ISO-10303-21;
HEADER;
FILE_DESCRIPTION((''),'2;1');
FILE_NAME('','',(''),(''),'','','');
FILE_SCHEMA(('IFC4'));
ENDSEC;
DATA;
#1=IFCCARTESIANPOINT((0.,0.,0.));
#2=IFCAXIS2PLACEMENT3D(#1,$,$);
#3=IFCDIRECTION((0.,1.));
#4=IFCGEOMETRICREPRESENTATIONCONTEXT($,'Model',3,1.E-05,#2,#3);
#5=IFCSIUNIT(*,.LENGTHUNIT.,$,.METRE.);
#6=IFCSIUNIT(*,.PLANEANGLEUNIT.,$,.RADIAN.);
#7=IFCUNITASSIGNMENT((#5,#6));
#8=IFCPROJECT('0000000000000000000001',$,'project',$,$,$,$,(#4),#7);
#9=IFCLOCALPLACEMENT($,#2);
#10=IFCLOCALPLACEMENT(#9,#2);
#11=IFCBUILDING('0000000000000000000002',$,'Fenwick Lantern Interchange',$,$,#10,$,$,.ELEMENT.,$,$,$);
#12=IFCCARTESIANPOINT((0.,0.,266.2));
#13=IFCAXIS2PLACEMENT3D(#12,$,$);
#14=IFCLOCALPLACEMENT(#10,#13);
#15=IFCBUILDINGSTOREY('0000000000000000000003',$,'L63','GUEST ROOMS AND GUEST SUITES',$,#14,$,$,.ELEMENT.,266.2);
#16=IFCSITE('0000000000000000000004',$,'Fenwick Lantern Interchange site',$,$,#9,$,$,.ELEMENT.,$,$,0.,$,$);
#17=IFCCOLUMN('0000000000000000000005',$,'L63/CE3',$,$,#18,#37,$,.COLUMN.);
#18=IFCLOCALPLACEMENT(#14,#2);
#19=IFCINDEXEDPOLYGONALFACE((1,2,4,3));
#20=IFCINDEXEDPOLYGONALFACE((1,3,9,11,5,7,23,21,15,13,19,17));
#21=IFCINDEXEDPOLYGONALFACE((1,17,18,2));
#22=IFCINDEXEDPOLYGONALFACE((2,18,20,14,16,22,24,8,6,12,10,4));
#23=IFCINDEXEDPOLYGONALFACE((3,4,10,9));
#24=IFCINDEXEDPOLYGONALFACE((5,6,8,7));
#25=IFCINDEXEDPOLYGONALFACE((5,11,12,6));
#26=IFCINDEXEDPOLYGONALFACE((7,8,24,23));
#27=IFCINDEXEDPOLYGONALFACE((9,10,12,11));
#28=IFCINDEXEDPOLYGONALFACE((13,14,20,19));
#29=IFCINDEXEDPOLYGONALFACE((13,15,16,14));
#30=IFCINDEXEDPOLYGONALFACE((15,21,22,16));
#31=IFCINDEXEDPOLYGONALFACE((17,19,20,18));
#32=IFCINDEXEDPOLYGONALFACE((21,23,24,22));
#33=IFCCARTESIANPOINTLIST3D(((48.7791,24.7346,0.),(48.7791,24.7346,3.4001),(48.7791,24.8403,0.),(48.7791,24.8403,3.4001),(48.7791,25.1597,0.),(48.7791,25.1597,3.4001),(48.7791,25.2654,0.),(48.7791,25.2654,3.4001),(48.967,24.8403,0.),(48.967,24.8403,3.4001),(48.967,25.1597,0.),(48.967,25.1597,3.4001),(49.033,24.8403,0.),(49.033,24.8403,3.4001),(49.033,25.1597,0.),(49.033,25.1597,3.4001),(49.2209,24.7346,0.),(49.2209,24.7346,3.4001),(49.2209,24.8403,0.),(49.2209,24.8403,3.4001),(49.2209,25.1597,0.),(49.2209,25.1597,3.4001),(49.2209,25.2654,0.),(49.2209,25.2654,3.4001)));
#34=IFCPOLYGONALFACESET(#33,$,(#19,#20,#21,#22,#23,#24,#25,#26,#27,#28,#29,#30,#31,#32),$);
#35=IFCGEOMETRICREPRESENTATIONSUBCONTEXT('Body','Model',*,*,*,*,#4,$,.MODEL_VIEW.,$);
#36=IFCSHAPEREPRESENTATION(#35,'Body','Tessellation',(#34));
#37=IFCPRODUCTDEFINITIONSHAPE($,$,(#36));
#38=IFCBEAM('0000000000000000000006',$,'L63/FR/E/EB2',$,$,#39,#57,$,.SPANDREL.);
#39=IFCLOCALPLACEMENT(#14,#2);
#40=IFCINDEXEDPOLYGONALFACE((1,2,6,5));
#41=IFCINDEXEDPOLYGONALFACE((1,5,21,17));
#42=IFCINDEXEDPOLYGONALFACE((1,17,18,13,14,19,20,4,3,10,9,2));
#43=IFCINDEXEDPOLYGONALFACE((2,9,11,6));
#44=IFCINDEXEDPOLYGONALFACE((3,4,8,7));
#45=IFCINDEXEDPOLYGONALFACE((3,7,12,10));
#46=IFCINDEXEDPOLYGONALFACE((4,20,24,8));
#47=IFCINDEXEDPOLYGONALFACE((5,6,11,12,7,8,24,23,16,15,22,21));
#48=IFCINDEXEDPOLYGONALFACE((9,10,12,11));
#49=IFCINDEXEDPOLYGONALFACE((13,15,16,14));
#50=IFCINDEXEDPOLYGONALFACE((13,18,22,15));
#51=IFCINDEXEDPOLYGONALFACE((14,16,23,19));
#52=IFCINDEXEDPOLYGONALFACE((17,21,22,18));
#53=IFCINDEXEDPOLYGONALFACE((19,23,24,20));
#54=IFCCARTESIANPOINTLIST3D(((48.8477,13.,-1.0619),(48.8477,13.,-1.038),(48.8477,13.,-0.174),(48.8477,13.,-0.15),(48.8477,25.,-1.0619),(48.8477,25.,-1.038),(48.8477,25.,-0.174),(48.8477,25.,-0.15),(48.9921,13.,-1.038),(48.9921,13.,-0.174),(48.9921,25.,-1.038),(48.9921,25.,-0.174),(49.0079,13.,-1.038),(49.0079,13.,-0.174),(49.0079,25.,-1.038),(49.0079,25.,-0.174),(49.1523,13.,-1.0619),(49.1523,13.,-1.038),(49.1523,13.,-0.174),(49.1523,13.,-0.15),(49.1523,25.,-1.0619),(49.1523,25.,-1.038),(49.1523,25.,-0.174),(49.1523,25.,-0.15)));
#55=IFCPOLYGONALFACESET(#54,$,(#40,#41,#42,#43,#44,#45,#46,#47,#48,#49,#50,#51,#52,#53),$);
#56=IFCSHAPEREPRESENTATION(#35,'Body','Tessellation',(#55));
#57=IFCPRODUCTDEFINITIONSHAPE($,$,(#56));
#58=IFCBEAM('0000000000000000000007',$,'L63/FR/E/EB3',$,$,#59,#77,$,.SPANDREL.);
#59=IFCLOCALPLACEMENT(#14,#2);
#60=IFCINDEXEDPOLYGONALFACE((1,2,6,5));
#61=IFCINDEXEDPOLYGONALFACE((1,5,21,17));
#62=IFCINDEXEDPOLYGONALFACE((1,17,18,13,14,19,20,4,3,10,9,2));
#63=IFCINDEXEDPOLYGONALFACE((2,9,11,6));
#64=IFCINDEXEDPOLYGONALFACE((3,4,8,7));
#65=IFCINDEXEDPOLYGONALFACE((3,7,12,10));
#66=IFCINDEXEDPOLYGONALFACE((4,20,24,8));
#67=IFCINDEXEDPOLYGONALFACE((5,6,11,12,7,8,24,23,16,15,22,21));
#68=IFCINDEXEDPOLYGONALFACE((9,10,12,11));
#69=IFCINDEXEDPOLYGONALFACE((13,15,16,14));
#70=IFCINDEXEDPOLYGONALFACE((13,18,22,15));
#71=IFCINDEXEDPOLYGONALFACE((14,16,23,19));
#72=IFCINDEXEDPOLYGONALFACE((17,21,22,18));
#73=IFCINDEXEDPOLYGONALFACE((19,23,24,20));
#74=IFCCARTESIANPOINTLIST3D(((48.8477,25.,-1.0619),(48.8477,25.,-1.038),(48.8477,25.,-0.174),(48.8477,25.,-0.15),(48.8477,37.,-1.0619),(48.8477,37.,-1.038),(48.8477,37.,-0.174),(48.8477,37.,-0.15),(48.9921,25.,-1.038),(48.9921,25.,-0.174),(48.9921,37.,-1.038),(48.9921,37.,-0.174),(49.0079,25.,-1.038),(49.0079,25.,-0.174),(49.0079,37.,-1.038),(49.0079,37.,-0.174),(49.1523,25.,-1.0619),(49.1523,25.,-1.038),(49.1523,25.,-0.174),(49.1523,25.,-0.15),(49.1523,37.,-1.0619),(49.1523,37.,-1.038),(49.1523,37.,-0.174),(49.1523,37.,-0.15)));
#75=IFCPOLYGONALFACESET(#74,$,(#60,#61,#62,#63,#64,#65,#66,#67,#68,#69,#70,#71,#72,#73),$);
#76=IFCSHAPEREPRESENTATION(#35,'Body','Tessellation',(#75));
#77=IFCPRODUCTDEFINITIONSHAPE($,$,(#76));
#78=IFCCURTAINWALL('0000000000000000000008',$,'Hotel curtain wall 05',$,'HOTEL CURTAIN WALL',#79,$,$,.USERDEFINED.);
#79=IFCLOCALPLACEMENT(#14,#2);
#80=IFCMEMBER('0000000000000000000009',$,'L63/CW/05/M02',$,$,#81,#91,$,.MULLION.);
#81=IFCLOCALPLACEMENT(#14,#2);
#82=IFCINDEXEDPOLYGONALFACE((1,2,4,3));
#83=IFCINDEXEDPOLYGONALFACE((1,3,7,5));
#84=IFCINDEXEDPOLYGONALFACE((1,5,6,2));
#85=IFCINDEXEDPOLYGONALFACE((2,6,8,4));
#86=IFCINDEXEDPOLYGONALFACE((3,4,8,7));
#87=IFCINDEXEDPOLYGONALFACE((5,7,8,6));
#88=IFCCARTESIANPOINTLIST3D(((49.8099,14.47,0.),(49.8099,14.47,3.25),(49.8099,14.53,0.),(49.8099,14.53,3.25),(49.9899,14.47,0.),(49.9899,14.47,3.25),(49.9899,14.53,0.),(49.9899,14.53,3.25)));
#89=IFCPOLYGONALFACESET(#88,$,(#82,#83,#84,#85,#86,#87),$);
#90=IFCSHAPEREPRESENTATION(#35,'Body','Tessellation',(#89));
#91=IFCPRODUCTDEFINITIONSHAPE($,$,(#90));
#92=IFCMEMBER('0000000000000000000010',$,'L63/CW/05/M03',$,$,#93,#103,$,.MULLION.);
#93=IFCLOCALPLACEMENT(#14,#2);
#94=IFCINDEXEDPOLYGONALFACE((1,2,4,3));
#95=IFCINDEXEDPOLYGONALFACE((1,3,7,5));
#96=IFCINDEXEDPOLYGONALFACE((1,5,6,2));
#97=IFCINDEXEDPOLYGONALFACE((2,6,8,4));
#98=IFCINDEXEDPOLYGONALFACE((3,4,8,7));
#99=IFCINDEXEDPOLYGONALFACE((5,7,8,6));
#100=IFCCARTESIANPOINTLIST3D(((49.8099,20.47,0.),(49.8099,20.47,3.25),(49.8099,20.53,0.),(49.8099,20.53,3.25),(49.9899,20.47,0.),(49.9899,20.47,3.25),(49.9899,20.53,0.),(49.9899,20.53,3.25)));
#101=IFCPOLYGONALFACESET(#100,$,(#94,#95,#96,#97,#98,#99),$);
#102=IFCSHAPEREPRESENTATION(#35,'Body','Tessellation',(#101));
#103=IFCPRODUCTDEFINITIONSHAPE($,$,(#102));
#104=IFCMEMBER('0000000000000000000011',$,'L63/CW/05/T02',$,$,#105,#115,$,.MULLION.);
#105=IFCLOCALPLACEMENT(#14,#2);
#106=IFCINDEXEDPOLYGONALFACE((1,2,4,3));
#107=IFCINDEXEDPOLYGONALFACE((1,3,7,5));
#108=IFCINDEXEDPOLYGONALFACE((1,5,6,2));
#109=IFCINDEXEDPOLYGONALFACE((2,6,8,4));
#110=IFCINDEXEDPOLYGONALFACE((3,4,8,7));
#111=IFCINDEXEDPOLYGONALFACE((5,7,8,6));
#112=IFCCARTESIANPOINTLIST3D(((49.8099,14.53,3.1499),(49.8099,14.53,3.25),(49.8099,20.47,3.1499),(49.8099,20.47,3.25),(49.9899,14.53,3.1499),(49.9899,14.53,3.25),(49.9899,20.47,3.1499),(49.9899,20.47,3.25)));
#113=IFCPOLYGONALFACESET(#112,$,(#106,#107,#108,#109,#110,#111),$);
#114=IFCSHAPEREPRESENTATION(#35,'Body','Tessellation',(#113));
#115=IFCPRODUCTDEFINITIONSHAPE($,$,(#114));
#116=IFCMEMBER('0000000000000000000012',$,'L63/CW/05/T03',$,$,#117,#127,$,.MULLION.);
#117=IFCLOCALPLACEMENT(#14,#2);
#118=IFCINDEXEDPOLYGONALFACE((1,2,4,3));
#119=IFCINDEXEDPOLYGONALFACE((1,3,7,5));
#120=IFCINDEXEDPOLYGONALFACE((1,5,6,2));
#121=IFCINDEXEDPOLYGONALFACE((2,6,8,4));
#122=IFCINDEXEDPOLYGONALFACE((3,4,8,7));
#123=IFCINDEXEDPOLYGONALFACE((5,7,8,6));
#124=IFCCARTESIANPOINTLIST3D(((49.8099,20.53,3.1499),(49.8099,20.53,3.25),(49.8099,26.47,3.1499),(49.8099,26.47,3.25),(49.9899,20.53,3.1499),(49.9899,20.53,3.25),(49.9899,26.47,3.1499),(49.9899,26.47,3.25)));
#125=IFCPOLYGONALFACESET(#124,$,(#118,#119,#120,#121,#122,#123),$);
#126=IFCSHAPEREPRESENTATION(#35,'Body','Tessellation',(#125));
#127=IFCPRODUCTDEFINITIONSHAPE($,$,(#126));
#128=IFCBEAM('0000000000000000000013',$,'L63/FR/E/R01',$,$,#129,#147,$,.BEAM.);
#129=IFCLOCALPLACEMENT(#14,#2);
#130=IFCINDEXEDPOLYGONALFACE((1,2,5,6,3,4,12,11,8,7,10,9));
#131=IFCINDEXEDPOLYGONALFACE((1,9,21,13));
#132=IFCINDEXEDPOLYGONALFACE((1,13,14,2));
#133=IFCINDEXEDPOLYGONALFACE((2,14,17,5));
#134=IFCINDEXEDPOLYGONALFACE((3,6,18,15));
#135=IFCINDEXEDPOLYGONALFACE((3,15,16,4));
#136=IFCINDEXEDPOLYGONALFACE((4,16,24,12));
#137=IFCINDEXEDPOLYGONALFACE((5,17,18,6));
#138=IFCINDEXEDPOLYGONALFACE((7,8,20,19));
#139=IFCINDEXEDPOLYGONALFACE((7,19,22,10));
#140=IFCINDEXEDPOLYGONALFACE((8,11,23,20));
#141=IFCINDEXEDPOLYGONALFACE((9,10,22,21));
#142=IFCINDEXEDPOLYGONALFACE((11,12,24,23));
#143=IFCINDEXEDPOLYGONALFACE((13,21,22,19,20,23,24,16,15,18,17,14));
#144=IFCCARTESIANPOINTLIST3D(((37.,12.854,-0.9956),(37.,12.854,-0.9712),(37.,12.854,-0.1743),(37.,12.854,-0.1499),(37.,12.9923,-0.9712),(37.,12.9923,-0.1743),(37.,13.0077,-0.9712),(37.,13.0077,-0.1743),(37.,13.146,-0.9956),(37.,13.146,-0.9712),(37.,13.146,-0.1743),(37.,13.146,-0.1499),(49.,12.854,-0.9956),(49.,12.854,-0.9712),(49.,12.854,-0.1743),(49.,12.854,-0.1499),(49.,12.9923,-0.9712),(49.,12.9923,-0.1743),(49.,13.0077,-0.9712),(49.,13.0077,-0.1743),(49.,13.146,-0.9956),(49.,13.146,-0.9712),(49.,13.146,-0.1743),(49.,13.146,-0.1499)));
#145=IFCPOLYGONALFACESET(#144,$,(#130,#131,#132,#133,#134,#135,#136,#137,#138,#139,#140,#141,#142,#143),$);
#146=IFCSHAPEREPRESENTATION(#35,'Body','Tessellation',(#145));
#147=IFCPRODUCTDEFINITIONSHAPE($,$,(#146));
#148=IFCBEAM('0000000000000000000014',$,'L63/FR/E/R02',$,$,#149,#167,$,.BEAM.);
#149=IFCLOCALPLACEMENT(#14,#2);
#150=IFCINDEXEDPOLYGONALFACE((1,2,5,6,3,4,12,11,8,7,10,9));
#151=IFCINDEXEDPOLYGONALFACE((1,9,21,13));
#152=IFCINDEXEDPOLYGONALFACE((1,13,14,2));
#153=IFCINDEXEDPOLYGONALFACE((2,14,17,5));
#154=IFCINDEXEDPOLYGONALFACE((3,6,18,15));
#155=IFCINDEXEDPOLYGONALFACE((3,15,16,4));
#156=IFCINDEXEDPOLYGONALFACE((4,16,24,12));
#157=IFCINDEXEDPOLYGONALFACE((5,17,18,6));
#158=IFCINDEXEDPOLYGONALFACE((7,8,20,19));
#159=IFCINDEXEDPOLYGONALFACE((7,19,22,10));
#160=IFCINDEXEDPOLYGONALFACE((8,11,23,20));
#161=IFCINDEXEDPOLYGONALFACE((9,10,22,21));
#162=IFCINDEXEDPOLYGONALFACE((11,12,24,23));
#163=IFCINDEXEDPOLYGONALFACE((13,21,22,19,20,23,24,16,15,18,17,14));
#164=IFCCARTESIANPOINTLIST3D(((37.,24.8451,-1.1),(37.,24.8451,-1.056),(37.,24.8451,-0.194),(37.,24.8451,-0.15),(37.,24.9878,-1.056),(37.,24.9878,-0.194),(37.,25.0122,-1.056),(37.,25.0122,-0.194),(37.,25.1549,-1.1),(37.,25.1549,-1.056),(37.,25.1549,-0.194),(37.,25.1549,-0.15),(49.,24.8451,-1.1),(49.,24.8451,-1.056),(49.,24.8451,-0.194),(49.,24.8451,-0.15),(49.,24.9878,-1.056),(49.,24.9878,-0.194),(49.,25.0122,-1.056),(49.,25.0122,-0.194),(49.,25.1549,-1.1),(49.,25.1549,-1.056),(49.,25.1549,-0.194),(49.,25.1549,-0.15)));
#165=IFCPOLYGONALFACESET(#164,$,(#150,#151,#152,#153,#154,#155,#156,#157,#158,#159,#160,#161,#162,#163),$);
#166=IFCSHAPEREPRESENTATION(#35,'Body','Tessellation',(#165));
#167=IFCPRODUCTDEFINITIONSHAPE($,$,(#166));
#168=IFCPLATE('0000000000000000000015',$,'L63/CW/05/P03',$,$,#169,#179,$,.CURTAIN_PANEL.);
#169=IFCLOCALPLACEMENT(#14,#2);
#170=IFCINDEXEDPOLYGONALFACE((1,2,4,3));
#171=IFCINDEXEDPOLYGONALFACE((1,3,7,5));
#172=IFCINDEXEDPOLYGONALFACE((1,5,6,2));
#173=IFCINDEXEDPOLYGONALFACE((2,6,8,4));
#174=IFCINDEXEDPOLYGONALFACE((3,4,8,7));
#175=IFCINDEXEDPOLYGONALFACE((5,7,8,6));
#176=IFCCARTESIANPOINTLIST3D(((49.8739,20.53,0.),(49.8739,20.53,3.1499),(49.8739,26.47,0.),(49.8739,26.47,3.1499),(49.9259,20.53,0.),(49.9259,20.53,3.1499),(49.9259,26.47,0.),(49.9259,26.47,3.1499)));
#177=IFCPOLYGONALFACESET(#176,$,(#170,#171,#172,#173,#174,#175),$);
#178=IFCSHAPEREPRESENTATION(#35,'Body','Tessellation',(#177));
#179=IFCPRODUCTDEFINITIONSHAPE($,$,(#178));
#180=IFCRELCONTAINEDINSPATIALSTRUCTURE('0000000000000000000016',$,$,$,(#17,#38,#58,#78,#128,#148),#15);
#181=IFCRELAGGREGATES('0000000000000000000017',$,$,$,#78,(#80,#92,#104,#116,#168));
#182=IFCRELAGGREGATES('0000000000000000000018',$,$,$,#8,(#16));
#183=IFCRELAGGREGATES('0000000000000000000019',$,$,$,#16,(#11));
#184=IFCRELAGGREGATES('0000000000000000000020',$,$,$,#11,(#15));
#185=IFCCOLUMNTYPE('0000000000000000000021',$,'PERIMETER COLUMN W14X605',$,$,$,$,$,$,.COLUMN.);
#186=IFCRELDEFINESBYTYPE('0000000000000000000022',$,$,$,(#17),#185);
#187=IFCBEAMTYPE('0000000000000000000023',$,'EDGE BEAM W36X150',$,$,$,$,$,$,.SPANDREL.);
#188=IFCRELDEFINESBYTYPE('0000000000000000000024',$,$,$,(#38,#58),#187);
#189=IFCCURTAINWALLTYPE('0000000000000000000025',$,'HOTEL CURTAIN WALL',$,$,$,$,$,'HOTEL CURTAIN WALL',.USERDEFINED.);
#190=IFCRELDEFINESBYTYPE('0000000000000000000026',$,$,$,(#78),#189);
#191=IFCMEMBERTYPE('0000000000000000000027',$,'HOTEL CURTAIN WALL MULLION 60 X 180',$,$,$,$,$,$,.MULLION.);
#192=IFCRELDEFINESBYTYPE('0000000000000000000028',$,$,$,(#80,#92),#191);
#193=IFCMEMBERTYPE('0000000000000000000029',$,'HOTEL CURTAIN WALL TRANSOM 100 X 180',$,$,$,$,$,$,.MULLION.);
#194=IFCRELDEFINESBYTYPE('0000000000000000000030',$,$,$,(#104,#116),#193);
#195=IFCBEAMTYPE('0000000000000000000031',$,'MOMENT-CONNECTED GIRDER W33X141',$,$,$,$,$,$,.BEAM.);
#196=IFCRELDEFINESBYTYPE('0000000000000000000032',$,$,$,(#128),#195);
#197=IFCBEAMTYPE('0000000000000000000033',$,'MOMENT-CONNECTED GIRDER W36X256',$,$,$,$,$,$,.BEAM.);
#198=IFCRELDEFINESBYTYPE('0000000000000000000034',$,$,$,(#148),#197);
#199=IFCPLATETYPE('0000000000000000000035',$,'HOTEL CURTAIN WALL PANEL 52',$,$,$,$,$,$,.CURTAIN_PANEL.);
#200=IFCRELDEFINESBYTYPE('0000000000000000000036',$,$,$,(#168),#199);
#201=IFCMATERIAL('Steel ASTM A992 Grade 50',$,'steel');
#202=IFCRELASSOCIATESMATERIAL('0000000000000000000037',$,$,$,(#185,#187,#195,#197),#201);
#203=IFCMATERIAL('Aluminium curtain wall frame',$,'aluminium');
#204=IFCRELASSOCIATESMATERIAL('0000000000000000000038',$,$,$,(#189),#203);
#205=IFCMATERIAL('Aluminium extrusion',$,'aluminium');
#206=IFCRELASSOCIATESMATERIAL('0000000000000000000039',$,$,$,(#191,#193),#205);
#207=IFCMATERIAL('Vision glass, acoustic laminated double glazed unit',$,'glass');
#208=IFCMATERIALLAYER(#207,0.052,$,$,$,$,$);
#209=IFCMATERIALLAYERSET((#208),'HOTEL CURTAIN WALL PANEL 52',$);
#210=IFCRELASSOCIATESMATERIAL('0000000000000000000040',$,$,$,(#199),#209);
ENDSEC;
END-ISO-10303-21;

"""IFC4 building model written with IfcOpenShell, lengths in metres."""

from ifc_helpers import new_model, si_unit, direction, frame, origin, origin_2d, place, context, subcontext, project, spatial, rectangle, i_section, extrude, material, layer, layer_set, material_profile, profile_set, type_object, element, aggregate, save


model = new_model("IFC4")

# Units and contexts
model_context = context("Model", 3, precision=1e-05, world=origin(), true_north=direction((0.0, 1.0)))
body_context = subcontext(model_context, "Body", "Model", "MODEL_VIEW")
ifc_project = project(units=[si_unit("LENGTHUNIT", "METRE"), si_unit("PLANEANGLEUNIT", "RADIAN")], contexts=[model_context])

# Site, building, storey
site_placement = place(None, origin())
site = spatial("IfcSite", under=ifc_project, at=site_placement, Name="Fenwick Lantern Interchange site", CompositionType="ELEMENT", RefElevation=0.0)
building_placement = place(site_placement, origin())
building = spatial("IfcBuilding", under=site, at=building_placement, Name="Fenwick Lantern Interchange", CompositionType="ELEMENT")
storey_placement = place(building_placement, frame((0.0, 0.0, 266.2)))
storey = spatial("IfcBuildingStorey", under=building, at=storey_placement, Name="L63", Description="GUEST ROOMS AND GUEST SUITES", CompositionType="ELEMENT", Elevation=266.2)

# Column
ifc_material_1 = material(Name="Steel ASTM A992 Grade 50", Category="steel")
ifc_material_profile_1 = material_profile(ifc_material_1, i_section(OverallWidth=0.4419, OverallDepth=0.5308, WebThickness=0.0659, FlangeThickness=0.1057, at=origin_2d()), Name="W14X605")
ifc_profile_set_1 = profile_set([ifc_material_profile_1], Name="Steel ASTM A992 Grade 50")
column_type = type_object("IfcColumnType", Name="PERIMETER COLUMN W14X605", PredefinedType="COLUMN", material=ifc_profile_set_1)
column_placement = place(storey_placement, frame((49.0, 25.0, 0.0), z_axis=(0.0, 0.0, 1.0), x_axis=(1.0, 0.0, 0.0)))
element("IfcColumn", 1, at=column_placement, inside=storey, type_object=column_type, Name="L63/CE3", PredefinedType="COLUMN", context=body_context, shape_type="SweptSolid", body=[
    extrude(i_section(OverallWidth=0.4419, OverallDepth=0.5308, WebThickness=0.0659, FlangeThickness=0.1057, at=origin_2d()), origin(), (0.0, 0.0, 1.0), 3.4001),
])

# Beams
ifc_material_profile_2 = material_profile(ifc_material_1, i_section(OverallWidth=0.3047, OverallDepth=0.9119, WebThickness=0.0159, FlangeThickness=0.0239, at=origin_2d()), Name="W36X150")
ifc_profile_set_2 = profile_set([ifc_material_profile_2], Name="Steel ASTM A992 Grade 50")
beam_type_1 = type_object("IfcBeamType", Name="EDGE BEAM W36X150", PredefinedType="SPANDREL", material=ifc_profile_set_2)
for number, where, z_axis, x_axis, name in (
    (2, (49.0, 13.0, -0.606), (0.0, 1.0, 0.0), (-1.0, 0.0, 0.0), "L63/FR/E/EB2"),
    (3, (49.0, 25.0, -0.606), (0.0, 1.0, 0.0), (-1.0, 0.0, 0.0), "L63/FR/E/EB3"),
):
    element("IfcBeam", number, at=place(storey_placement, frame(where, z_axis=z_axis, x_axis=x_axis)), inside=storey, type_object=beam_type_1, Name=name, PredefinedType="SPANDREL", context=body_context, shape_type="SweptSolid", body=[
        extrude(i_section(OverallWidth=0.3047, OverallDepth=0.9119, WebThickness=0.0159, FlangeThickness=0.0239, at=origin_2d()), origin(), (0.0, 0.0, 1.0), 12.0),
    ])

# Curtain wall, members
ifc_material_2 = material(Name="Aluminium curtain wall frame", Category="aluminium")
curtain_wall_type = type_object("IfcCurtainWallType", Name="HOTEL CURTAIN WALL", ElementType="HOTEL CURTAIN WALL", PredefinedType="USERDEFINED", material=ifc_material_2)
curtain_wall_placement = place(storey_placement, origin())
curtain_wall = element("IfcCurtainWall", 4, at=curtain_wall_placement, inside=storey, type_object=curtain_wall_type, Name="Hotel curtain wall 05", ObjectType="HOTEL CURTAIN WALL", PredefinedType="USERDEFINED")
ifc_material_3 = material(Name="Aluminium extrusion", Category="aluminium")
ifc_material_profile_3 = material_profile(ifc_material_3, rectangle(XDim=0.1799, YDim=0.0601, at=origin_2d()), Name="HOTEL CURTAIN WALL MULLION 60 X 180")
ifc_profile_set_3 = profile_set([ifc_material_profile_3], Name="Aluminium extrusion")
member_type_1 = type_object("IfcMemberType", Name="HOTEL CURTAIN WALL MULLION 60 X 180", PredefinedType="MULLION", material=ifc_profile_set_3)
member_1_placement = place(storey_placement, frame((49.8999, 14.5, 0.0), z_axis=(0.0, 0.0, 1.0), x_axis=(-1.0, 0.0, 0.0)))
member_1 = element("IfcMember", 5, at=member_1_placement, type_object=member_type_1, Name="L63/CW/05/M02", PredefinedType="MULLION", context=body_context, shape_type="SweptSolid", body=[
    extrude(rectangle(XDim=0.1799, YDim=0.0601, at=origin_2d()), origin(), (0.0, 0.0, 1.0), 3.25),
])
member_2_placement = place(storey_placement, frame((49.8999, 20.5, 0.0), z_axis=(0.0, 0.0, 1.0), x_axis=(-1.0, 0.0, 0.0)))
member_2 = element("IfcMember", 6, at=member_2_placement, type_object=member_type_1, Name="L63/CW/05/M03", PredefinedType="MULLION", context=body_context, shape_type="SweptSolid", body=[
    extrude(rectangle(XDim=0.1799, YDim=0.0601, at=origin_2d()), origin(), (0.0, 0.0, 1.0), 3.25),
])
ifc_material_profile_4 = material_profile(ifc_material_3, rectangle(XDim=0.1799, YDim=0.1001, at=origin_2d()), Name="HOTEL CURTAIN WALL TRANSOM 100 X 180")
ifc_profile_set_4 = profile_set([ifc_material_profile_4], Name="Aluminium extrusion")
member_type_2 = type_object("IfcMemberType", Name="HOTEL CURTAIN WALL TRANSOM 100 X 180", PredefinedType="MULLION", material=ifc_profile_set_4)
member_3_placement = place(storey_placement, frame((49.8999, 14.53, 3.2), z_axis=(0.0, 1.0, 0.0), x_axis=(-1.0, 0.0, 0.0)))
member_3 = element("IfcMember", 7, at=member_3_placement, type_object=member_type_2, Name="L63/CW/05/T02", PredefinedType="MULLION", context=body_context, shape_type="SweptSolid", body=[
    extrude(rectangle(XDim=0.1799, YDim=0.1001, at=origin_2d()), origin(), (0.0, 0.0, 1.0), 5.9399),
])
member_4_placement = place(storey_placement, frame((49.8999, 20.53, 3.2), z_axis=(0.0, 1.0, 0.0), x_axis=(-1.0, 0.0, 0.0)))
member_4 = element("IfcMember", 8, at=member_4_placement, type_object=member_type_2, Name="L63/CW/05/T03", PredefinedType="MULLION", context=body_context, shape_type="SweptSolid", body=[
    extrude(rectangle(XDim=0.1799, YDim=0.1001, at=origin_2d()), origin(), (0.0, 0.0, 1.0), 5.9399),
])

# Beams
ifc_material_profile_5 = material_profile(ifc_material_1, i_section(OverallWidth=0.292, OverallDepth=0.8457, WebThickness=0.0154, FlangeThickness=0.0244, at=origin_2d()), Name="W33X141")
ifc_profile_set_5 = profile_set([ifc_material_profile_5], Name="Steel ASTM A992 Grade 50")
beam_type_2 = type_object("IfcBeamType", Name="MOMENT-CONNECTED GIRDER W33X141", PredefinedType="BEAM", material=ifc_profile_set_5)
beam_1_placement = place(storey_placement, frame((49.0, 13.0, -0.5728), z_axis=(-1.0, 0.0, 0.0), x_axis=(0.0, -1.0, 0.0)))
element("IfcBeam", 9, at=beam_1_placement, inside=storey, type_object=beam_type_2, Name="L63/FR/E/R01", PredefinedType="BEAM", context=body_context, shape_type="SweptSolid", body=[
    extrude(i_section(OverallWidth=0.292, OverallDepth=0.8457, WebThickness=0.0154, FlangeThickness=0.0244, at=origin_2d()), origin(), (0.0, 0.0, 1.0), 12.0),
])
ifc_material_profile_6 = material_profile(ifc_material_1, i_section(OverallWidth=0.3098, OverallDepth=0.95, WebThickness=0.0244, FlangeThickness=0.0439, at=origin_2d()), Name="W36X256")
ifc_profile_set_6 = profile_set([ifc_material_profile_6], Name="Steel ASTM A992 Grade 50")
beam_type_3 = type_object("IfcBeamType", Name="MOMENT-CONNECTED GIRDER W36X256", PredefinedType="BEAM", material=ifc_profile_set_6)
beam_2_placement = place(storey_placement, frame((49.0, 25.0, -0.625), z_axis=(-1.0, 0.0, 0.0), x_axis=(0.0, -1.0, 0.0)))
element("IfcBeam", 10, at=beam_2_placement, inside=storey, type_object=beam_type_3, Name="L63/FR/E/R02", PredefinedType="BEAM", context=body_context, shape_type="SweptSolid", body=[
    extrude(i_section(OverallWidth=0.3098, OverallDepth=0.95, WebThickness=0.0244, FlangeThickness=0.0439, at=origin_2d()), origin(), (0.0, 0.0, 1.0), 12.0),
])

# Plate
ifc_material_4 = material(Name="Vision glass, acoustic laminated double glazed unit", Category="glass")
ifc_layer_1 = layer(ifc_material_4, 0.052)
ifc_layer_set_1 = layer_set([ifc_layer_1], Name="HOTEL CURTAIN WALL PANEL 52")
plate_type = type_object("IfcPlateType", Name="HOTEL CURTAIN WALL PANEL 52", PredefinedType="CURTAIN_PANEL", material=ifc_layer_set_1)
plate_placement = place(storey_placement, frame((49.8999, 23.5, 0.0), z_axis=(0.0, 0.0, 1.0), x_axis=(0.0, 1.0, 0.0)))
plate = element("IfcPlate", 11, at=plate_placement, type_object=plate_type, Name="L63/CW/05/P03", PredefinedType="CURTAIN_PANEL", context=body_context, shape_type="SweptSolid", body=[
    extrude(rectangle(XDim=5.9399, YDim=0.052, at=origin_2d()), origin(), (0.0, 0.0, 1.0), 3.1499),
])
aggregate(curtain_wall, [member_1, member_2, member_3, member_4, plate])

save(model, "model.ifc")
